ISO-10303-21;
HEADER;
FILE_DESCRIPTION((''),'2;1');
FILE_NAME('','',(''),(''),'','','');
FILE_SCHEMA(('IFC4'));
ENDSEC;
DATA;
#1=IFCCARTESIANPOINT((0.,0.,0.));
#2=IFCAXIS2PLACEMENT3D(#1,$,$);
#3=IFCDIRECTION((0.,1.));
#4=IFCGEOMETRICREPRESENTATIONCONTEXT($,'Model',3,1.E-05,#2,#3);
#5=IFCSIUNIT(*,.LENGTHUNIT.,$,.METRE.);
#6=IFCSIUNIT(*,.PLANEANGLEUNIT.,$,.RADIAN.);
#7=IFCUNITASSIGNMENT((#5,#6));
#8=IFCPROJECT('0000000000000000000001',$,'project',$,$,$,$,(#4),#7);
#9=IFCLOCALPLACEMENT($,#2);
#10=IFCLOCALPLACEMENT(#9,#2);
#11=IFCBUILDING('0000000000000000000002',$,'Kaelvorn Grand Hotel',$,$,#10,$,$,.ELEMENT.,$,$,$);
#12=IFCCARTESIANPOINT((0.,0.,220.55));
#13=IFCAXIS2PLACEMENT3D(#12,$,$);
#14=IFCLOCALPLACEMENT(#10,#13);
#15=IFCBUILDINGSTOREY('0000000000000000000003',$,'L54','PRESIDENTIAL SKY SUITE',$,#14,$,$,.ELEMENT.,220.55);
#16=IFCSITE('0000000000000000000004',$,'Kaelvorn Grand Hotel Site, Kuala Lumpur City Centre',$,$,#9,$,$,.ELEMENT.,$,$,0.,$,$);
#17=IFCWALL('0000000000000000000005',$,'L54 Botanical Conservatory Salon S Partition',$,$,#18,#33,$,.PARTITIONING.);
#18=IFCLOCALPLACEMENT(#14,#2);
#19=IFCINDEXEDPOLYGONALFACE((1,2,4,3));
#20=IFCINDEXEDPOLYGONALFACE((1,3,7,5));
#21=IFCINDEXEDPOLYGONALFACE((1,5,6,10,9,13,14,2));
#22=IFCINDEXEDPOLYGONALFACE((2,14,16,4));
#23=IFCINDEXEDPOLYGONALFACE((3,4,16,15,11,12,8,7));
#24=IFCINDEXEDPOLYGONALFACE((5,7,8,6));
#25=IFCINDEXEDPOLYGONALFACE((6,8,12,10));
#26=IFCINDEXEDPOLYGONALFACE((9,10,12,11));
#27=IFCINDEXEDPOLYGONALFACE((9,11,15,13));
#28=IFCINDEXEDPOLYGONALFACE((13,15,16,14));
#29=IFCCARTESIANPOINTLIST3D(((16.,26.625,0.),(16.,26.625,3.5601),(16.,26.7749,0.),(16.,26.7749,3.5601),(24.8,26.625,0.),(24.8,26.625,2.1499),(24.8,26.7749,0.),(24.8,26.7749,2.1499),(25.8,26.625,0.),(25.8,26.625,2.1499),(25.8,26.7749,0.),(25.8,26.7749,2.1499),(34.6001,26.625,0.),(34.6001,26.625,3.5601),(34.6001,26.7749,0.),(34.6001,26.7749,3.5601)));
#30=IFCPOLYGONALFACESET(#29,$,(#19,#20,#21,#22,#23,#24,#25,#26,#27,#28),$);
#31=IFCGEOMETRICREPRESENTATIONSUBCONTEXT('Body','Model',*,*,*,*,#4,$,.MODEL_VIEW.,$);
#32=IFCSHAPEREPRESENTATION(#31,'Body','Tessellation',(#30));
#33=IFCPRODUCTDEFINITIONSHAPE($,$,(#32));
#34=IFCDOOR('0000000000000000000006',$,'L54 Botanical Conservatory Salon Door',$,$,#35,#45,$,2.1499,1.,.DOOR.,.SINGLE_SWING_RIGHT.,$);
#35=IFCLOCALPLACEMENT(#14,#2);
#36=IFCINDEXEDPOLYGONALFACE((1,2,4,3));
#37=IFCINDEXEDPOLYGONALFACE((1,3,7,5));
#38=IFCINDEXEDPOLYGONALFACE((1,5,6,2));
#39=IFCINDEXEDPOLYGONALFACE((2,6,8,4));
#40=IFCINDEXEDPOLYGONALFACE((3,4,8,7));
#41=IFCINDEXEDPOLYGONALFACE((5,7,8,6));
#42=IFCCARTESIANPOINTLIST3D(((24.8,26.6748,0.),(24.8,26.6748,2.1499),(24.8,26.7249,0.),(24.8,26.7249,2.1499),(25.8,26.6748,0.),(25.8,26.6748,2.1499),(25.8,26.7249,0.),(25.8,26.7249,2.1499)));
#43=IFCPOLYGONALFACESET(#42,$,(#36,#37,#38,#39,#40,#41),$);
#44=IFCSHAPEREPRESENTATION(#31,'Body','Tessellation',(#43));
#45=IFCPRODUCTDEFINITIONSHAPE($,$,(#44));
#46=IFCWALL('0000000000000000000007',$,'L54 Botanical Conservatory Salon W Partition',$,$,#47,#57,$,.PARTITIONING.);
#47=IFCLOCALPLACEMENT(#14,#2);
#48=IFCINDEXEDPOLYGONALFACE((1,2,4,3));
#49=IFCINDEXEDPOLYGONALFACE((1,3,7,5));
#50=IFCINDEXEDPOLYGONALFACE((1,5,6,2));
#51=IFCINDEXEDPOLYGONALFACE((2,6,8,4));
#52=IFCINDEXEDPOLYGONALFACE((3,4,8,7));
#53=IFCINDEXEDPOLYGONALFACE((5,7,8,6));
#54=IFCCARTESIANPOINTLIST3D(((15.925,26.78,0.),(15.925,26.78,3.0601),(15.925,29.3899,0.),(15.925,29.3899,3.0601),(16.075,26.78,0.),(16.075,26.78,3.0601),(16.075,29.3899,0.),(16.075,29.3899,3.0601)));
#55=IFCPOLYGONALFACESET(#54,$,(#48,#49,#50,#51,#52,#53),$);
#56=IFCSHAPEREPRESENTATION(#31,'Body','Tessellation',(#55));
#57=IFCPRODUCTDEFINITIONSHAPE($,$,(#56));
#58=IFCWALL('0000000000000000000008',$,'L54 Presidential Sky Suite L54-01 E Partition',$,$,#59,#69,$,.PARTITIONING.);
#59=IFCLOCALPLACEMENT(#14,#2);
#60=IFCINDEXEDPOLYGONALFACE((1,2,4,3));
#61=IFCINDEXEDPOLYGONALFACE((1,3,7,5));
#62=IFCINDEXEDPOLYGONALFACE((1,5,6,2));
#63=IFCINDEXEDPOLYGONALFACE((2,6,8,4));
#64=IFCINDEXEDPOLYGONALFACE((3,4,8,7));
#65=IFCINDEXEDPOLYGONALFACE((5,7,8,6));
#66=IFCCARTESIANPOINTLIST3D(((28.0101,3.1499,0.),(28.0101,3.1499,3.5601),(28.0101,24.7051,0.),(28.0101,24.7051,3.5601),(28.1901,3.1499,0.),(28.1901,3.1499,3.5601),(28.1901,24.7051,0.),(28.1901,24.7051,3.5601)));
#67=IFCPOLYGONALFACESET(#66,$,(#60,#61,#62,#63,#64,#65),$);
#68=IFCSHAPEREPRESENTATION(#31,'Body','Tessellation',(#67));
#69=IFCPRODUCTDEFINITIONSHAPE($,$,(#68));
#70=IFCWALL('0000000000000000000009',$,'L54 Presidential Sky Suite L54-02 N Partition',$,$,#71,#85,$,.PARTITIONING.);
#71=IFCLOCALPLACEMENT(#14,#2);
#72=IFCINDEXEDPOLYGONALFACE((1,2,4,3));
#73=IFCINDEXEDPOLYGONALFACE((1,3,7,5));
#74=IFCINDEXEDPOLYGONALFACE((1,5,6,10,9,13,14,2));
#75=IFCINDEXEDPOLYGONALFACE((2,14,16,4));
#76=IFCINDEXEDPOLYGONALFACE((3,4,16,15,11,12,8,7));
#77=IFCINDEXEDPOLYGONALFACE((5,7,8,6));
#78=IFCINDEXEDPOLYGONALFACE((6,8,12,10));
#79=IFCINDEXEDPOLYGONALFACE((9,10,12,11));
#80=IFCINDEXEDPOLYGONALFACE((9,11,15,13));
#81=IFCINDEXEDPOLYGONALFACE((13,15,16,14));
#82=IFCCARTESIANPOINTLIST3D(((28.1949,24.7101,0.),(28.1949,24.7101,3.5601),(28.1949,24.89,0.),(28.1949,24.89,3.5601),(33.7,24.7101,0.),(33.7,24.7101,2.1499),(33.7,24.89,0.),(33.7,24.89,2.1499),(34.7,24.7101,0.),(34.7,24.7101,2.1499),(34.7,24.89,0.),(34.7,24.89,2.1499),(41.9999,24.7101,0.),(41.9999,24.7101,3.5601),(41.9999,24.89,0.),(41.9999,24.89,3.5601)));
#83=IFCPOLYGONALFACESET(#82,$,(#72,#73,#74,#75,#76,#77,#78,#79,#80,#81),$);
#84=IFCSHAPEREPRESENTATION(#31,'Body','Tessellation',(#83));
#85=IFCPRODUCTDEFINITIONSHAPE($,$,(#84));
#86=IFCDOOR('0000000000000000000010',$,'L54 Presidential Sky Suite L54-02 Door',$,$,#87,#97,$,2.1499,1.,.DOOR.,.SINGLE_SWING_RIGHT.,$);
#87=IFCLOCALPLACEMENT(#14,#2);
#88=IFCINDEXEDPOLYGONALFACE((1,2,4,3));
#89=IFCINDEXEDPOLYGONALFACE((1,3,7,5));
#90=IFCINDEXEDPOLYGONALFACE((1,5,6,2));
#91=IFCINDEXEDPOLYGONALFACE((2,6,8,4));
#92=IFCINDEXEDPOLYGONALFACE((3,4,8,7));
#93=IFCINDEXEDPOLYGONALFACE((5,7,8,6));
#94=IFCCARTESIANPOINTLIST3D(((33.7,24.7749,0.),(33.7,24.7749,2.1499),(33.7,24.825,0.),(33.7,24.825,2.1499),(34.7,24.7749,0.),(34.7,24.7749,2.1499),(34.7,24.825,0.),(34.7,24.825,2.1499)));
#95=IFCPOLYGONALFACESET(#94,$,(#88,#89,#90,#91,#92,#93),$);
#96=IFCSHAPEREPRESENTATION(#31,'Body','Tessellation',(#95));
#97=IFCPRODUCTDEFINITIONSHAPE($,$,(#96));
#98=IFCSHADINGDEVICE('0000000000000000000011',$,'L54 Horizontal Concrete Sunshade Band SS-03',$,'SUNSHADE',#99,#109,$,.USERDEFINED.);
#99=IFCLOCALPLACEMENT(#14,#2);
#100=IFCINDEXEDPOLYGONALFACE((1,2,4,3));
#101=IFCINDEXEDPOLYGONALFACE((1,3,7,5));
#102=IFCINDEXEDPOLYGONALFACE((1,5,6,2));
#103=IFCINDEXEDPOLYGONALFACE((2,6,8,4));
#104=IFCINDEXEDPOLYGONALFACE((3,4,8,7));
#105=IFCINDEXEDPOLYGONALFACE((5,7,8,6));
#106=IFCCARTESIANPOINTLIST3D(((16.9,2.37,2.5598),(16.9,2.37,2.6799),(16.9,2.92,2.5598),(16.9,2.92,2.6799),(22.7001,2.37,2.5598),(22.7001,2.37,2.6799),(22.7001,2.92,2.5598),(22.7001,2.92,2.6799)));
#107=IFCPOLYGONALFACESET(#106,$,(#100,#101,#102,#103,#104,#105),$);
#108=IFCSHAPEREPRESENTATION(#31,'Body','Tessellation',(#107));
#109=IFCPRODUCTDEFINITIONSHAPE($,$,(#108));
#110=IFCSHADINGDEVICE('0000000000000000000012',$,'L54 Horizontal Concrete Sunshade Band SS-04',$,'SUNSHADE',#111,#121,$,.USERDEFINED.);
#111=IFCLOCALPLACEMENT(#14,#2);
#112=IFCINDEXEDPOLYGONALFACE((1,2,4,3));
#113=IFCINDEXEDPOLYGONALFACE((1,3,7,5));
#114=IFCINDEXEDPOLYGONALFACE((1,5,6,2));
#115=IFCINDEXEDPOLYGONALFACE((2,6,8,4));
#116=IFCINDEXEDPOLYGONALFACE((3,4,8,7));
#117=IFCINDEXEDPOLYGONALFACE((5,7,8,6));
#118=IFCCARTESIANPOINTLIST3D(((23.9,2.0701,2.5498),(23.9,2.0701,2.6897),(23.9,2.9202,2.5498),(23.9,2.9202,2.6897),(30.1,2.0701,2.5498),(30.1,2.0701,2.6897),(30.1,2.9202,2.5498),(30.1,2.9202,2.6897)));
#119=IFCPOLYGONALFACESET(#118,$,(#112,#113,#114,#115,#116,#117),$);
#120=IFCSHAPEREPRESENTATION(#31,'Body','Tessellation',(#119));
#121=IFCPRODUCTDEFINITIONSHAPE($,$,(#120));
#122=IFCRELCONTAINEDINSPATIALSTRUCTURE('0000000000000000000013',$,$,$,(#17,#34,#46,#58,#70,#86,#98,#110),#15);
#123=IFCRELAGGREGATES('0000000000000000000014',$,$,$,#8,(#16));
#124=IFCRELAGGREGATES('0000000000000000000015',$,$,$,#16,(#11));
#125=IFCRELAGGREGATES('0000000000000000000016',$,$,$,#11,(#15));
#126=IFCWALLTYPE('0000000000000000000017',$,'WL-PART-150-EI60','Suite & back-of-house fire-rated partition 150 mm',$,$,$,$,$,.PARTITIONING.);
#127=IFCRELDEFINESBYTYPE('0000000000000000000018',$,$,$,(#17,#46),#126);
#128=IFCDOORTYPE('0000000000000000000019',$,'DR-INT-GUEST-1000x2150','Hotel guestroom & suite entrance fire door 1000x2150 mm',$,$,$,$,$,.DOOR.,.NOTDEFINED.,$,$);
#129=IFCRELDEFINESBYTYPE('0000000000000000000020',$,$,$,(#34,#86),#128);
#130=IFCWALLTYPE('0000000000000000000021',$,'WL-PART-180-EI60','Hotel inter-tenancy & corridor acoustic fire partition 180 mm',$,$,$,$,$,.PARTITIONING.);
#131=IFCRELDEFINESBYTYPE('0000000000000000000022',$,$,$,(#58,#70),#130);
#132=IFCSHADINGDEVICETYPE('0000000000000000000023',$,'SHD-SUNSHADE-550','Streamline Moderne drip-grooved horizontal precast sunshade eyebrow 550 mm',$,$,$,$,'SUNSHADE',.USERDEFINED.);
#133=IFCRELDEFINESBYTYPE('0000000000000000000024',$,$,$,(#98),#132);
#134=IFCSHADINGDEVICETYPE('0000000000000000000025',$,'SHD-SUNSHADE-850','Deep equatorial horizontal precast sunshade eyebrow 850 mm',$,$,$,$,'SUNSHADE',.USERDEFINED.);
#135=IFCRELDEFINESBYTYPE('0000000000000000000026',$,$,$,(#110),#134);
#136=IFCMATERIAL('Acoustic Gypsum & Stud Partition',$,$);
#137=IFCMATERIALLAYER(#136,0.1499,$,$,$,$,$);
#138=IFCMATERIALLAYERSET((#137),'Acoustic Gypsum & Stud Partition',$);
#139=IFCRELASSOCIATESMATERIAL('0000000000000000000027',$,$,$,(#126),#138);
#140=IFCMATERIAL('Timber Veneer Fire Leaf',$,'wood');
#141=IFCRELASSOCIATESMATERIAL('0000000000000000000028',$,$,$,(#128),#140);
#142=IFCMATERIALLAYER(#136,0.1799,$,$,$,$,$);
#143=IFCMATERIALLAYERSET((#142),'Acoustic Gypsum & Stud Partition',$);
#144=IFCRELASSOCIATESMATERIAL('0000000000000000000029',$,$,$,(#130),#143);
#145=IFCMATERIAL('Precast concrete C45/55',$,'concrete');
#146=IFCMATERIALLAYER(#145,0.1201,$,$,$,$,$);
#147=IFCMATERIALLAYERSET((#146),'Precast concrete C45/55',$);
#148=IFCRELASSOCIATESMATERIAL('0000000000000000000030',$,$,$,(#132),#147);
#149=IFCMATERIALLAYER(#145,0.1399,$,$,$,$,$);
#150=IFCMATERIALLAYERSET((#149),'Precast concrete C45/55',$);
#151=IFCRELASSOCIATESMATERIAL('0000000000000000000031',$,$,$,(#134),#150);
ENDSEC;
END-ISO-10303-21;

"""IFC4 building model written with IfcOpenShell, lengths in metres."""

from ifc_helpers import new_model, si_unit, direction, frame, frame_2d, origin, origin_2d, place, context, subcontext, project, spatial, rectangle, extrude, material, layer, layer_set, type_object, element, fill, save


model = new_model("IFC4")

# Units and contexts
model_context = context("Model", 3, precision=1e-05, world=origin(), true_north=direction((0.0, 1.0)))
body_context = subcontext(model_context, "Body", "Model", "MODEL_VIEW")
ifc_project = project(units=[si_unit("LENGTHUNIT", "METRE"), si_unit("PLANEANGLEUNIT", "RADIAN")], contexts=[model_context])

# Site, building, storey
site_placement = place(None, origin())
site = spatial("IfcSite", under=ifc_project, at=site_placement, Name="Kaelvorn Grand Hotel Site, Kuala Lumpur City Centre", CompositionType="ELEMENT", RefElevation=0.0)
building_placement = place(site_placement, origin())
building = spatial("IfcBuilding", under=site, at=building_placement, Name="Kaelvorn Grand Hotel", CompositionType="ELEMENT")
storey_placement = place(building_placement, frame((0.0, 0.0, 220.55)))
storey = spatial("IfcBuildingStorey", under=building, at=storey_placement, Name="L54", Description="PRESIDENTIAL SKY SUITE", CompositionType="ELEMENT", Elevation=220.55)

# Wall, opening, door
ifc_material_1 = material(Name="Acoustic Gypsum & Stud Partition")
ifc_layer_1 = layer(ifc_material_1, 0.1499)
ifc_layer_set_1 = layer_set([ifc_layer_1], Name="Acoustic Gypsum & Stud Partition")
wall_type_1 = type_object("IfcWallType", Name="WL-PART-150-EI60", Description="Suite & back-of-house fire-rated partition 150 mm", PredefinedType="PARTITIONING", material=ifc_layer_set_1)
wall_1_placement = place(storey_placement, frame((16.0, 26.7, 0.0), z_axis=(0.0, 0.0, 1.0), x_axis=(1.0, 0.0, 0.0)))
wall_1 = element("IfcWall", 1, at=wall_1_placement, inside=storey, type_object=wall_type_1, Name="L54 Botanical Conservatory Salon S Partition", PredefinedType="PARTITIONING", context=body_context, shape_type="SweptSolid", body=[
    extrude(rectangle(XDim=18.6001, YDim=0.1499, at=frame_2d((9.3, 0.0))), origin(), (0.0, 0.0, 1.0), 3.5601),
])
opening_1_placement = place(wall_1_placement, frame((8.8, 0.0, 0.0)))
opening_1 = element("IfcOpeningElement", 2, at=opening_1_placement, cuts=wall_1, PredefinedType="OPENING", context=body_context, shape_type="SweptSolid", body=[
    extrude(rectangle(XDim=1.0, YDim=2.1499, at=frame_2d((0.5, 1.075))), frame((0.0, 0.085, 0.0), z_axis=(0.0, -1.0, 0.0), x_axis=(1.0, 0.0, 0.0)), (0.0, 0.0, 1.0), 0.1699),
])
ifc_material_2 = material(Name="Timber Veneer Fire Leaf", Category="wood")
door_type_1 = type_object("IfcDoorType", Name="DR-INT-GUEST-1000x2150", Description="Hotel guestroom & suite entrance fire door 1000x2150 mm", OperationType="NOTDEFINED", PredefinedType="DOOR", material=ifc_material_2)
door_1_placement = place(opening_1_placement, origin())
door_1 = element("IfcDoor", 3, at=door_1_placement, inside=storey, type_object=door_type_1, Name="L54 Botanical Conservatory Salon Door", OperationType="SINGLE_SWING_RIGHT", OverallHeight=2.1499, OverallWidth=1.0, PredefinedType="DOOR", context=body_context, shape_type="SweptSolid", body=[
    extrude(rectangle(XDim=1.0, YDim=2.1499, at=frame_2d((0.5, 1.075))), frame((0.0, 0.0249, 0.0), z_axis=(0.0, -1.0, 0.0), x_axis=(1.0, 0.0, 0.0)), (0.0, 0.0, 1.0), 0.05),
])
fill(opening_1, door_1)

# Walls
wall_2_placement = place(storey_placement, frame((16.0, 26.78, 0.0), z_axis=(0.0, 0.0, 1.0), x_axis=(0.0, 1.0, 0.0)))
element("IfcWall", 4, at=wall_2_placement, inside=storey, type_object=wall_type_1, Name="L54 Botanical Conservatory Salon W Partition", PredefinedType="PARTITIONING", context=body_context, shape_type="SweptSolid", body=[
    extrude(rectangle(XDim=2.6099, YDim=0.1499, at=frame_2d((1.3049, 0.0))), origin(), (0.0, 0.0, 1.0), 3.0601),
])
ifc_layer_2 = layer(ifc_material_1, 0.1799)
ifc_layer_set_2 = layer_set([ifc_layer_2], Name="Acoustic Gypsum & Stud Partition")
wall_type_2 = type_object("IfcWallType", Name="WL-PART-180-EI60", Description="Hotel inter-tenancy & corridor acoustic fire partition 180 mm", PredefinedType="PARTITIONING", material=ifc_layer_set_2)
wall_3_placement = place(storey_placement, frame((28.1001, 3.1499, 0.0), z_axis=(0.0, 0.0, 1.0), x_axis=(0.0, 1.0, 0.0)))
element("IfcWall", 5, at=wall_3_placement, inside=storey, type_object=wall_type_2, Name="L54 Presidential Sky Suite L54-01 E Partition", PredefinedType="PARTITIONING", context=body_context, shape_type="SweptSolid", body=[
    extrude(rectangle(XDim=21.5552, YDim=0.1799, at=frame_2d((10.7776, 0.0))), origin(), (0.0, 0.0, 1.0), 3.5601),
])

# Wall, opening, door
wall_4_placement = place(storey_placement, frame((28.1951, 24.8, 0.0), z_axis=(0.0, 0.0, 1.0), x_axis=(1.0, 0.0, 0.0)))
wall_4 = element("IfcWall", 6, at=wall_4_placement, inside=storey, type_object=wall_type_2, Name="L54 Presidential Sky Suite L54-02 N Partition", PredefinedType="PARTITIONING", context=body_context, shape_type="SweptSolid", body=[
    extrude(rectangle(XDim=13.8049, YDim=0.1799, at=frame_2d((6.9023, 0.0))), origin(), (0.0, 0.0, 1.0), 3.5601),
])
opening_2_placement = place(wall_4_placement, frame((5.5049, 0.0, 0.0)))
opening_2 = element("IfcOpeningElement", 7, at=opening_2_placement, cuts=wall_4, PredefinedType="OPENING", context=body_context, shape_type="SweptSolid", body=[
    extrude(rectangle(XDim=1.0, YDim=2.1499, at=frame_2d((0.5, 1.075))), frame((0.0, 0.1001, 0.0), z_axis=(0.0, -1.0, 0.0), x_axis=(1.0, 0.0, 0.0)), (0.0, 0.0, 1.0), 0.2),
])
door_2_placement = place(opening_2_placement, origin())
door_2 = element("IfcDoor", 8, at=door_2_placement, inside=storey, type_object=door_type_1, Name="L54 Presidential Sky Suite L54-02 Door", OperationType="SINGLE_SWING_RIGHT", OverallHeight=2.1499, OverallWidth=1.0, PredefinedType="DOOR", context=body_context, shape_type="SweptSolid", body=[
    extrude(rectangle(XDim=1.0, YDim=2.1499, at=frame_2d((0.5, 1.075))), frame((0.0, 0.0249, 0.0), z_axis=(0.0, -1.0, 0.0), x_axis=(1.0, 0.0, 0.0)), (0.0, 0.0, 1.0), 0.05),
])
fill(opening_2, door_2)

# Shading devices
ifc_material_3 = material(Name="Precast concrete C45/55", Category="concrete")
ifc_layer_3 = layer(ifc_material_3, 0.1201)
ifc_layer_set_3 = layer_set([ifc_layer_3], Name="Precast concrete C45/55")
shading_device_type_1 = type_object("IfcShadingDeviceType", Name="SHD-SUNSHADE-550", Description="Streamline Moderne drip-grooved horizontal precast sunshade eyebrow 550 mm", ElementType="SUNSHADE", PredefinedType="USERDEFINED", material=ifc_layer_set_3)
shading_device_1_placement = place(storey_placement, frame((19.8, 2.645, 2.5598), z_axis=(0.0, 0.0, 1.0), x_axis=(1.0, 0.0, 0.0)))
element("IfcShadingDevice", 9, at=shading_device_1_placement, inside=storey, type_object=shading_device_type_1, Name="L54 Horizontal Concrete Sunshade Band SS-03", ObjectType="SUNSHADE", PredefinedType="USERDEFINED", context=body_context, shape_type="SweptSolid", body=[
    extrude(rectangle(XDim=5.8, YDim=0.55, at=origin_2d()), origin(), (0.0, 0.0, 1.0), 0.1201),
])
ifc_layer_4 = layer(ifc_material_3, 0.1399)
ifc_layer_set_4 = layer_set([ifc_layer_4], Name="Precast concrete C45/55")
shading_device_type_2 = type_object("IfcShadingDeviceType", Name="SHD-SUNSHADE-850", Description="Deep equatorial horizontal precast sunshade eyebrow 850 mm", ElementType="SUNSHADE", PredefinedType="USERDEFINED", material=ifc_layer_set_4)
shading_device_2_placement = place(storey_placement, frame((27.0, 2.4951, 2.5498), z_axis=(0.0, 0.0, 1.0), x_axis=(1.0, 0.0, 0.0)))
element("IfcShadingDevice", 10, at=shading_device_2_placement, inside=storey, type_object=shading_device_type_2, Name="L54 Horizontal Concrete Sunshade Band SS-04", ObjectType="SUNSHADE", PredefinedType="USERDEFINED", context=body_context, shape_type="SweptSolid", body=[
    extrude(rectangle(XDim=6.2, YDim=0.8501, at=origin_2d()), origin(), (0.0, 0.0, 1.0), 0.1399),
])

save(model, "model.ifc")
